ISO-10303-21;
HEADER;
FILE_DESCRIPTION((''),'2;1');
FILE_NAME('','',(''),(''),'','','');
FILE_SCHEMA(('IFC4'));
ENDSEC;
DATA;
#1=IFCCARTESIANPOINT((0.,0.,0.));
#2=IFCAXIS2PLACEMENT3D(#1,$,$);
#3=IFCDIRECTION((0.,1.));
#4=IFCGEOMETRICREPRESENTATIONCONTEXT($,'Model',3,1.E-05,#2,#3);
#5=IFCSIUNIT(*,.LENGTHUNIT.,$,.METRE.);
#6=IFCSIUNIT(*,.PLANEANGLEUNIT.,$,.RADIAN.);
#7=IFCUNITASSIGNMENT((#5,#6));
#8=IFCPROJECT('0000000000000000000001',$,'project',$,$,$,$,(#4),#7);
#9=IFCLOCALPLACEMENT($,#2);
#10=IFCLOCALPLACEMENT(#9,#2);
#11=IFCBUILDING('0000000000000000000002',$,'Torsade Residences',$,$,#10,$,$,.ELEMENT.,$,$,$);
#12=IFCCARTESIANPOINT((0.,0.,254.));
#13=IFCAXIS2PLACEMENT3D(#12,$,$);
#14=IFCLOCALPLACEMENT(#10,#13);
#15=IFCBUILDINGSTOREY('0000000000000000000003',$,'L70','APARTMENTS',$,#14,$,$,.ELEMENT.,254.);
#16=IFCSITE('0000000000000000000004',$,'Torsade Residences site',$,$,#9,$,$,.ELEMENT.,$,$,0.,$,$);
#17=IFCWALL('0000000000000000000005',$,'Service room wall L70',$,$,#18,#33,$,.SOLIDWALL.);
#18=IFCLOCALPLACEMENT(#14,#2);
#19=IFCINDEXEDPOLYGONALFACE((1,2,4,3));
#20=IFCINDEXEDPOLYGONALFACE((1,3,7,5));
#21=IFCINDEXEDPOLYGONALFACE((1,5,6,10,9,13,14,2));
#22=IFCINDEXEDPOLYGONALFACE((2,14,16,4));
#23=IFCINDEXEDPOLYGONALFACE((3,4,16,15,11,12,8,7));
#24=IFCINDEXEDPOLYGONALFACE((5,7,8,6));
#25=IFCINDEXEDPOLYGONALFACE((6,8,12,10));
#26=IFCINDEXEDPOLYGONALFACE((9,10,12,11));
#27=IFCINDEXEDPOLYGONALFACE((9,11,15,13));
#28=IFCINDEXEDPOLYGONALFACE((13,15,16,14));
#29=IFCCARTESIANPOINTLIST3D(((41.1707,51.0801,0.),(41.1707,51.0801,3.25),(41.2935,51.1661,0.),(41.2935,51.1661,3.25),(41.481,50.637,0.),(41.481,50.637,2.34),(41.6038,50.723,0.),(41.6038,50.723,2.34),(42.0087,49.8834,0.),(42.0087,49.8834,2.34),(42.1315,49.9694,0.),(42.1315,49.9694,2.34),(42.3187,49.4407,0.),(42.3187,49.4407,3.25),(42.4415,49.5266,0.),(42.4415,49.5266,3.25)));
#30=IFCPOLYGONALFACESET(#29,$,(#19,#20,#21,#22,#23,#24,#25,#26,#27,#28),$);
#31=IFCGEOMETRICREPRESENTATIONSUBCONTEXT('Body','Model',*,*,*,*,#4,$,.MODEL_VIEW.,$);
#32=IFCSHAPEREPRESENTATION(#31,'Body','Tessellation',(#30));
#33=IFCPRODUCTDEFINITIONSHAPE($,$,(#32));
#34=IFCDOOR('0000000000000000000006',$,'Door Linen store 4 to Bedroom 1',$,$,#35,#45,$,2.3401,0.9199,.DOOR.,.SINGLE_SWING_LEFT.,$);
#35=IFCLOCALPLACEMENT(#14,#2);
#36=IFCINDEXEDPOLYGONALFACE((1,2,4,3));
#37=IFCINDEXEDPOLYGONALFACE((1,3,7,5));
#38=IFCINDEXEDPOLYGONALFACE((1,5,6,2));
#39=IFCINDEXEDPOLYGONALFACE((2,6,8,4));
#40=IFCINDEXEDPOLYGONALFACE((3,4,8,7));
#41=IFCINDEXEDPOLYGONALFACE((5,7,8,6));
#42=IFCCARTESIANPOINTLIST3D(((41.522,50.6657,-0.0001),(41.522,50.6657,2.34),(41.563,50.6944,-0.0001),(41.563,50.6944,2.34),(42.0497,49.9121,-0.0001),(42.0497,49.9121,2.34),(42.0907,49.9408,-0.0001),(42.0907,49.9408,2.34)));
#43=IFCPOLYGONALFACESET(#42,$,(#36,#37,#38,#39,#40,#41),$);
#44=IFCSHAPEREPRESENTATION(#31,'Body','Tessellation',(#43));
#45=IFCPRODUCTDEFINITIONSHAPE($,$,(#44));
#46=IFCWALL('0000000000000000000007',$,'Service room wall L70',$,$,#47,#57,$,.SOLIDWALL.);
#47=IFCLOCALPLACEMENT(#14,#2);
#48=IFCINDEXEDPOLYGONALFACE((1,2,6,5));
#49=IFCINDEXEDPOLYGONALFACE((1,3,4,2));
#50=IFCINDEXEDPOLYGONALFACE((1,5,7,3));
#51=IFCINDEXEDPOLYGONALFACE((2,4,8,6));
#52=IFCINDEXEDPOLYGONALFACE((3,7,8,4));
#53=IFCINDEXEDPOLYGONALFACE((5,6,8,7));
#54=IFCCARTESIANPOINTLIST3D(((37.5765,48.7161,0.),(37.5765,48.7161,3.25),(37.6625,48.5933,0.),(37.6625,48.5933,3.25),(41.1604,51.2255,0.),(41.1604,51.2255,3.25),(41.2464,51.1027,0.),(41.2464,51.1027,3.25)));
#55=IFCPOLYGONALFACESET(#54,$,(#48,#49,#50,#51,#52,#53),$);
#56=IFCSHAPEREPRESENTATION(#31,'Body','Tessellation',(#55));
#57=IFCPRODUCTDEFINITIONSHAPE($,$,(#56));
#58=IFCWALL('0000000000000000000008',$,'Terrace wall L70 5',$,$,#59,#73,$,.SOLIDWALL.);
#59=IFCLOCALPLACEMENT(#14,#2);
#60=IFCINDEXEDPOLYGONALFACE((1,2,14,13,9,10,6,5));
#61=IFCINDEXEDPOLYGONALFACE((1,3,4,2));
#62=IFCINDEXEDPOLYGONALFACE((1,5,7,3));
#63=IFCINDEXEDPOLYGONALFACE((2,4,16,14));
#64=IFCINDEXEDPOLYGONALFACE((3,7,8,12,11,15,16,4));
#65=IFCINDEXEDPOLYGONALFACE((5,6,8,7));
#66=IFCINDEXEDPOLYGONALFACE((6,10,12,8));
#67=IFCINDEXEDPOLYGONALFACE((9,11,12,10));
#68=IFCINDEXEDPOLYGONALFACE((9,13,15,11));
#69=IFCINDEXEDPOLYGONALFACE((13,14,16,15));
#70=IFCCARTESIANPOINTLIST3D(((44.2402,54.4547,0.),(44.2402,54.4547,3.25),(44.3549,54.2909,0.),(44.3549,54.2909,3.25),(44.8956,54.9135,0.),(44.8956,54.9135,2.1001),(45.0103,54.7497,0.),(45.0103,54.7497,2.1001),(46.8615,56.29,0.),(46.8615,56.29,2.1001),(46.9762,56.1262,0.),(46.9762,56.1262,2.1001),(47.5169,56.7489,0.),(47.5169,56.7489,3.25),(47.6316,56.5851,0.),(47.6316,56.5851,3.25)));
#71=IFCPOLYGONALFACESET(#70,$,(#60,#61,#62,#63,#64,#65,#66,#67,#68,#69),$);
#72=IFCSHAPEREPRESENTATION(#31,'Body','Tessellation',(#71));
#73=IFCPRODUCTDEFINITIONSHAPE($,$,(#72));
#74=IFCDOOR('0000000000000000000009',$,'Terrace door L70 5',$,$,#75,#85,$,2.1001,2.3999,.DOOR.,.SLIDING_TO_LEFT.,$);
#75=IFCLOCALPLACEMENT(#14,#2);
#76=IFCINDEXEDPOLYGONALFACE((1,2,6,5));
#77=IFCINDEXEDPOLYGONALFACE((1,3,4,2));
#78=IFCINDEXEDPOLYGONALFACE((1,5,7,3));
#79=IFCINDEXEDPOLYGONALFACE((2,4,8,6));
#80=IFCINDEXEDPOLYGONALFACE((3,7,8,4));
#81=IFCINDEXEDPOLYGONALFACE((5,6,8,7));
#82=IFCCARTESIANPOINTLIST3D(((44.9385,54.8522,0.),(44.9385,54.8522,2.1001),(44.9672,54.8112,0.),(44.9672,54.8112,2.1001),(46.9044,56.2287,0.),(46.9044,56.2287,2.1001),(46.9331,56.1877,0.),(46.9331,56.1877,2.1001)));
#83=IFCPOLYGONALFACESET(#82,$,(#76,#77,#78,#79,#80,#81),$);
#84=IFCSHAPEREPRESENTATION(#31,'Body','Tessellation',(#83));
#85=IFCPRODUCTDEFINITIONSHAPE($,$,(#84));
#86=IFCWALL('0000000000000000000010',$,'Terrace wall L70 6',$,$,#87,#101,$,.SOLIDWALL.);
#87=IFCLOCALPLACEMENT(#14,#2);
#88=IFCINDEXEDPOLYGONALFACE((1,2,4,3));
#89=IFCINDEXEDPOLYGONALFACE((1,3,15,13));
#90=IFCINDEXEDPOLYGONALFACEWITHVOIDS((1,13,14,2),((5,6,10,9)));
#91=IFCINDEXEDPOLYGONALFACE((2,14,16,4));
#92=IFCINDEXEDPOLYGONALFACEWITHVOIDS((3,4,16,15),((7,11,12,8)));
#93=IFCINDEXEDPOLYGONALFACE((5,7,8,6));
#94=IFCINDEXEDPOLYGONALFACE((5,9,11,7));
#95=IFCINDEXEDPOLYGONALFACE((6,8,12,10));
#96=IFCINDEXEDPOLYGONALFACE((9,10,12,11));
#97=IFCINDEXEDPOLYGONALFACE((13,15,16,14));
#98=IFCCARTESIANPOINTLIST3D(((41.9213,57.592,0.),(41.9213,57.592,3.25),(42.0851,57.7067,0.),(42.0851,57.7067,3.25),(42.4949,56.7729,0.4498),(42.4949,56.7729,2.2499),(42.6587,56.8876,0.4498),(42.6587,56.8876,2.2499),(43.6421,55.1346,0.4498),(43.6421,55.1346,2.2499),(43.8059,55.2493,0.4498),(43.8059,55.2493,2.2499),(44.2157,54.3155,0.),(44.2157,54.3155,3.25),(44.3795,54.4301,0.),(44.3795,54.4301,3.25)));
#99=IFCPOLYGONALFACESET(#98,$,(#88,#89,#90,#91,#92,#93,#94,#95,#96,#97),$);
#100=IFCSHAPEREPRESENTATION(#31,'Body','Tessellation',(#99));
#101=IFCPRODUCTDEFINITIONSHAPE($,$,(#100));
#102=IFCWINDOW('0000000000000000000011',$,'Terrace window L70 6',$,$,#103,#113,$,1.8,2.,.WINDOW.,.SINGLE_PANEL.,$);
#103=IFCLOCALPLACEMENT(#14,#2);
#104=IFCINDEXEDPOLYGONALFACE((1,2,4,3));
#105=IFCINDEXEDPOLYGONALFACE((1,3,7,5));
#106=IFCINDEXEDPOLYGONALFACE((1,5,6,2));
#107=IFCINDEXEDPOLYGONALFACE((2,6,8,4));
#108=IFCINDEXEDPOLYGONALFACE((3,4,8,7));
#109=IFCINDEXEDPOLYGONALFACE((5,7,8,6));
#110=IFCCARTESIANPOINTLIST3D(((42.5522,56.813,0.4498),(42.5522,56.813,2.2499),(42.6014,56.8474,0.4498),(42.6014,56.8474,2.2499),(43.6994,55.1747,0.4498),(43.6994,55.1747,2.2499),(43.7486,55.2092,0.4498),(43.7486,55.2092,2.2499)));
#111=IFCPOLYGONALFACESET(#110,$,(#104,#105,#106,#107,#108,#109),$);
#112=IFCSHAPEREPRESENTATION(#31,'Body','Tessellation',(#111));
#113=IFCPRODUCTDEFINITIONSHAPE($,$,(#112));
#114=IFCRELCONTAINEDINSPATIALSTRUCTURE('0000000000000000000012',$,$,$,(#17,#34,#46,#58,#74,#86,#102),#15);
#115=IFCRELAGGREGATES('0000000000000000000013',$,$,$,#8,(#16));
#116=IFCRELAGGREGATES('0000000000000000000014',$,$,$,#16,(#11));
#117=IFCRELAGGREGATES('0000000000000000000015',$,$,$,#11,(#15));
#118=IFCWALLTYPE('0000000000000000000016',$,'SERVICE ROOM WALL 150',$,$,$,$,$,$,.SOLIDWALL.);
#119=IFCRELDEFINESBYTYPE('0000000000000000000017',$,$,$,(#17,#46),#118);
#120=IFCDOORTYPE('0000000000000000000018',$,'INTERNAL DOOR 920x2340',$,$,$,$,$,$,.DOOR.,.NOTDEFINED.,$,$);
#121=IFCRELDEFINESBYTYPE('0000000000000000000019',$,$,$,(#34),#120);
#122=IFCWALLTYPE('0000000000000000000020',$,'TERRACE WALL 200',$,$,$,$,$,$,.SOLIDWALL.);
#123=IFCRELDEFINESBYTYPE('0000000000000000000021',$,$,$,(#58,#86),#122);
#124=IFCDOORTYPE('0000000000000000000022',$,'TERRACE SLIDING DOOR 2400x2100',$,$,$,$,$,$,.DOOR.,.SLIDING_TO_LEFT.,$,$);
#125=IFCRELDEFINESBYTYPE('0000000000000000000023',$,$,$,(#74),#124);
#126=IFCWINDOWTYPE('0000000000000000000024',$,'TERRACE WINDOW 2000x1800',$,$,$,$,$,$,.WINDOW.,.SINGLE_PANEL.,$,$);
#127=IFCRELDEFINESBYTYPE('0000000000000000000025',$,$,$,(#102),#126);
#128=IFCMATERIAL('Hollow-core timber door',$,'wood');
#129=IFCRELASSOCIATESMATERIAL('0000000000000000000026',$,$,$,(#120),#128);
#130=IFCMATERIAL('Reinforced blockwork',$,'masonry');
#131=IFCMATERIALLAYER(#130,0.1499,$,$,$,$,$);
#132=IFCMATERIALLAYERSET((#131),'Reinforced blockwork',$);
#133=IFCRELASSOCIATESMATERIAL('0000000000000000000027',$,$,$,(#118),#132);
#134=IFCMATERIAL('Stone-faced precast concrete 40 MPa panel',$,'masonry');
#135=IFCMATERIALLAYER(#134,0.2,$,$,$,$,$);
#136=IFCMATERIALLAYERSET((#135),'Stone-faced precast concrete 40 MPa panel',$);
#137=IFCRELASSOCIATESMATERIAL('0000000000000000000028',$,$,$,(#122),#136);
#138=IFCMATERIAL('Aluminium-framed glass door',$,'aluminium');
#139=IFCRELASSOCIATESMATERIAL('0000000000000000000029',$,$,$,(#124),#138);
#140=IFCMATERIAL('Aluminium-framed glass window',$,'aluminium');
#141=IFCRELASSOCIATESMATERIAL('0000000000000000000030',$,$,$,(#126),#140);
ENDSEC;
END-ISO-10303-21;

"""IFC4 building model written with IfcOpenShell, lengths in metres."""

from ifc_helpers import new_model, si_unit, direction, frame, frame_2d, origin, place, context, subcontext, project, spatial, rectangle, extrude, material, layer, layer_set, type_object, element, fill, save


model = new_model("IFC4")

# Units and contexts
model_context = context("Model", 3, precision=1e-05, world=origin(), true_north=direction((0.0, 1.0)))
body_context = subcontext(model_context, "Body", "Model", "MODEL_VIEW")
ifc_project = project(units=[si_unit("LENGTHUNIT", "METRE"), si_unit("PLANEANGLEUNIT", "RADIAN")], contexts=[model_context])

# Site, building, storey
site_placement = place(None, origin())
site = spatial("IfcSite", under=ifc_project, at=site_placement, Name="Torsade Residences site", CompositionType="ELEMENT", RefElevation=0.0)
building_placement = place(site_placement, origin())
building = spatial("IfcBuilding", under=site, at=building_placement, Name="Torsade Residences", CompositionType="ELEMENT")
storey_placement = place(building_placement, frame((0.0, 0.0, 254.0)))
storey = spatial("IfcBuildingStorey", under=building, at=storey_placement, Name="L70", Description="APARTMENTS", CompositionType="ELEMENT", Elevation=254.0)

# Shared definitions
ifc_material_1 = material(Name="Hollow-core timber door", Category="wood")
door_type_1 = type_object("IfcDoorType", Name="INTERNAL DOOR 920x2340", OperationType="NOTDEFINED", PredefinedType="DOOR", material=ifc_material_1)

# Shared definitions
ifc_material_2 = material(Name="Reinforced blockwork", Category="masonry")
ifc_layer_1 = layer(ifc_material_2, 0.1499)
ifc_layer_set_1 = layer_set([ifc_layer_1], Name="Reinforced blockwork")
wall_type_1 = type_object("IfcWallType", Name="SERVICE ROOM WALL 150", PredefinedType="SOLIDWALL", material=ifc_layer_set_1)

# Wall, opening, door
wall_1_placement = place(storey_placement, frame((42.3801, 49.4836, 0.0), z_axis=(0.0, 0.0, 1.0), x_axis=(-0.573585, 0.819146, 0.0)))
wall_1 = element("IfcWall", 1, at=wall_1_placement, inside=storey, type_object=wall_type_1, Name="Service room wall L70", PredefinedType="SOLIDWALL", context=body_context, shape_type="SweptSolid", body=[
    extrude(rectangle(XDim=2.0015, YDim=0.1499, at=frame_2d((1.0007, 0.0))), origin(), (0.0, 0.0, 1.0), 3.25),
])
opening_1_placement = place(wall_1_placement, frame((0.5405, 0.0, 0.0)))
opening_1 = element("IfcOpeningElement", 2, at=opening_1_placement, cuts=wall_1, PredefinedType="OPENING", context=body_context, shape_type="SweptSolid", body=[
    extrude(rectangle(XDim=0.9199, YDim=2.3401, at=frame_2d((0.46, 1.1699))), frame((0.0, 0.085, 0.0), z_axis=(0.0, -1.0, 0.0), x_axis=(1.0, 0.0, 0.0)), (0.0, 0.0, 1.0), 0.1699),
])
door_1_placement = place(opening_1_placement, origin())
door_1 = element("IfcDoor", 3, at=door_1_placement, inside=storey, type_object=door_type_1, Name="Door Linen store 4 to Bedroom 1", OperationType="SINGLE_SWING_LEFT", OverallHeight=2.3401, OverallWidth=0.9199, PredefinedType="DOOR", context=body_context, shape_type="SweptSolid", body=[
    extrude(rectangle(XDim=0.9199, YDim=2.3401, at=frame_2d((0.46, 1.1699))), frame((0.0, 0.0249, 0.0), z_axis=(0.0, -1.0, 0.0), x_axis=(1.0, 0.0, 0.0)), (0.0, 0.0, 1.0), 0.05),
])
fill(opening_1, door_1)

# Wall
wall_2_placement = place(storey_placement, frame((41.2034, 51.1641, 0.0), z_axis=(0.0, 0.0, 1.0), x_axis=(-0.819161, -0.573563, 0.0)))
element("IfcWall", 4, at=wall_2_placement, inside=storey, type_object=wall_type_1, Name="Service room wall L70", PredefinedType="SOLIDWALL", context=body_context, shape_type="SweptSolid", body=[
    extrude(rectangle(XDim=4.375, YDim=0.1499, at=frame_2d((2.1875, 0.0))), origin(), (0.0, 0.0, 1.0), 3.25),
])

# Wall, opening, door
ifc_material_3 = material(Name="Stone-faced precast concrete 40 MPa panel", Category="masonry")
ifc_layer_2 = layer(ifc_material_3, 0.2)
ifc_layer_set_2 = layer_set([ifc_layer_2], Name="Stone-faced precast concrete 40 MPa panel")
wall_type_2 = type_object("IfcWallType", Name="TERRACE WALL 200", PredefinedType="SOLIDWALL", material=ifc_layer_set_2)
wall_3_placement = place(storey_placement, frame((47.5742, 56.667, 0.0), z_axis=(0.0, 0.0, 1.0), x_axis=(-0.819166, -0.573557, 0.0)))
wall_3 = element("IfcWall", 5, at=wall_3_placement, inside=storey, type_object=wall_type_2, Name="Terrace wall L70 5", PredefinedType="SOLIDWALL", context=body_context, shape_type="SweptSolid", body=[
    extrude(rectangle(XDim=4.0, YDim=0.2, at=frame_2d((2.0, 0.0))), origin(), (0.0, 0.0, 1.0), 3.25),
])
opening_2_placement = place(wall_3_placement, frame((0.8, 0.0, 0.0)))
opening_2 = element("IfcOpeningElement", 6, at=opening_2_placement, cuts=wall_3, PredefinedType="OPENING", context=body_context, shape_type="SweptSolid", body=[
    extrude(rectangle(XDim=2.3999, YDim=2.1001, at=frame_2d((1.2, 1.05))), frame((0.0, 0.1099, 0.0), z_axis=(0.0, -1.0, 0.0), x_axis=(1.0, 0.0, 0.0)), (0.0, 0.0, 1.0), 0.22),
])
ifc_material_4 = material(Name="Aluminium-framed glass door", Category="aluminium")
door_type_2 = type_object("IfcDoorType", Name="TERRACE SLIDING DOOR 2400x2100", OperationType="SLIDING_TO_LEFT", PredefinedType="DOOR", material=ifc_material_4)
door_2_placement = place(opening_2_placement, origin())
door_2 = element("IfcDoor", 7, at=door_2_placement, inside=storey, type_object=door_type_2, Name="Terrace door L70 5", OperationType="SLIDING_TO_LEFT", OverallHeight=2.1001, OverallWidth=2.3999, PredefinedType="DOOR", context=body_context, shape_type="SweptSolid", body=[
    extrude(rectangle(XDim=2.3999, YDim=2.1001, at=frame_2d((1.2, 1.05))), frame((0.0, 0.0249, 0.0), z_axis=(0.0, -1.0, 0.0), x_axis=(1.0, 0.0, 0.0)), (0.0, 0.0, 1.0), 0.05),
])
fill(opening_2, door_2)

# Wall, opening, window
wall_4_placement = place(storey_placement, frame((44.2976, 54.3728, 0.0), z_axis=(0.0, 0.0, 1.0), x_axis=(-0.573598, 0.819137, 0.0)))
wall_4 = element("IfcWall", 8, at=wall_4_placement, inside=storey, type_object=wall_type_2, Name="Terrace wall L70 6", PredefinedType="SOLIDWALL", context=body_context, shape_type="SweptSolid", body=[
    extrude(rectangle(XDim=4.0, YDim=0.2, at=frame_2d((2.0, 0.0))), origin(), (0.0, 0.0, 1.0), 3.25),
])
opening_3_placement = place(wall_4_placement, frame((1.0, 0.0, 0.45)))
opening_3 = element("IfcOpeningElement", 9, at=opening_3_placement, cuts=wall_4, PredefinedType="OPENING", context=body_context, shape_type="SweptSolid", body=[
    extrude(rectangle(XDim=2.0, YDim=1.8, at=frame_2d((1.0, 0.8999))), frame((0.0, 0.1099, 0.0), z_axis=(0.0, -1.0, 0.0), x_axis=(1.0, 0.0, 0.0)), (0.0, 0.0, 1.0), 0.22),
])
ifc_material_5 = material(Name="Aluminium-framed glass window", Category="aluminium")
window_type = type_object("IfcWindowType", Name="TERRACE WINDOW 2000x1800", PartitioningType="SINGLE_PANEL", PredefinedType="WINDOW", material=ifc_material_5)
window_placement = place(opening_3_placement, origin())
window = element("IfcWindow", 10, at=window_placement, inside=storey, type_object=window_type, Name="Terrace window L70 6", OverallHeight=1.8, OverallWidth=2.0, PartitioningType="SINGLE_PANEL", PredefinedType="WINDOW", context=body_context, shape_type="SweptSolid", body=[
    extrude(rectangle(XDim=2.0, YDim=1.8, at=frame_2d((1.0, 0.8999))), frame((0.0, 0.03, 0.0), z_axis=(0.0, -1.0, 0.0), x_axis=(1.0, 0.0, 0.0)), (0.0, 0.0, 1.0), 0.0601),
])
fill(opening_3, window)

save(model, "model.ifc")
